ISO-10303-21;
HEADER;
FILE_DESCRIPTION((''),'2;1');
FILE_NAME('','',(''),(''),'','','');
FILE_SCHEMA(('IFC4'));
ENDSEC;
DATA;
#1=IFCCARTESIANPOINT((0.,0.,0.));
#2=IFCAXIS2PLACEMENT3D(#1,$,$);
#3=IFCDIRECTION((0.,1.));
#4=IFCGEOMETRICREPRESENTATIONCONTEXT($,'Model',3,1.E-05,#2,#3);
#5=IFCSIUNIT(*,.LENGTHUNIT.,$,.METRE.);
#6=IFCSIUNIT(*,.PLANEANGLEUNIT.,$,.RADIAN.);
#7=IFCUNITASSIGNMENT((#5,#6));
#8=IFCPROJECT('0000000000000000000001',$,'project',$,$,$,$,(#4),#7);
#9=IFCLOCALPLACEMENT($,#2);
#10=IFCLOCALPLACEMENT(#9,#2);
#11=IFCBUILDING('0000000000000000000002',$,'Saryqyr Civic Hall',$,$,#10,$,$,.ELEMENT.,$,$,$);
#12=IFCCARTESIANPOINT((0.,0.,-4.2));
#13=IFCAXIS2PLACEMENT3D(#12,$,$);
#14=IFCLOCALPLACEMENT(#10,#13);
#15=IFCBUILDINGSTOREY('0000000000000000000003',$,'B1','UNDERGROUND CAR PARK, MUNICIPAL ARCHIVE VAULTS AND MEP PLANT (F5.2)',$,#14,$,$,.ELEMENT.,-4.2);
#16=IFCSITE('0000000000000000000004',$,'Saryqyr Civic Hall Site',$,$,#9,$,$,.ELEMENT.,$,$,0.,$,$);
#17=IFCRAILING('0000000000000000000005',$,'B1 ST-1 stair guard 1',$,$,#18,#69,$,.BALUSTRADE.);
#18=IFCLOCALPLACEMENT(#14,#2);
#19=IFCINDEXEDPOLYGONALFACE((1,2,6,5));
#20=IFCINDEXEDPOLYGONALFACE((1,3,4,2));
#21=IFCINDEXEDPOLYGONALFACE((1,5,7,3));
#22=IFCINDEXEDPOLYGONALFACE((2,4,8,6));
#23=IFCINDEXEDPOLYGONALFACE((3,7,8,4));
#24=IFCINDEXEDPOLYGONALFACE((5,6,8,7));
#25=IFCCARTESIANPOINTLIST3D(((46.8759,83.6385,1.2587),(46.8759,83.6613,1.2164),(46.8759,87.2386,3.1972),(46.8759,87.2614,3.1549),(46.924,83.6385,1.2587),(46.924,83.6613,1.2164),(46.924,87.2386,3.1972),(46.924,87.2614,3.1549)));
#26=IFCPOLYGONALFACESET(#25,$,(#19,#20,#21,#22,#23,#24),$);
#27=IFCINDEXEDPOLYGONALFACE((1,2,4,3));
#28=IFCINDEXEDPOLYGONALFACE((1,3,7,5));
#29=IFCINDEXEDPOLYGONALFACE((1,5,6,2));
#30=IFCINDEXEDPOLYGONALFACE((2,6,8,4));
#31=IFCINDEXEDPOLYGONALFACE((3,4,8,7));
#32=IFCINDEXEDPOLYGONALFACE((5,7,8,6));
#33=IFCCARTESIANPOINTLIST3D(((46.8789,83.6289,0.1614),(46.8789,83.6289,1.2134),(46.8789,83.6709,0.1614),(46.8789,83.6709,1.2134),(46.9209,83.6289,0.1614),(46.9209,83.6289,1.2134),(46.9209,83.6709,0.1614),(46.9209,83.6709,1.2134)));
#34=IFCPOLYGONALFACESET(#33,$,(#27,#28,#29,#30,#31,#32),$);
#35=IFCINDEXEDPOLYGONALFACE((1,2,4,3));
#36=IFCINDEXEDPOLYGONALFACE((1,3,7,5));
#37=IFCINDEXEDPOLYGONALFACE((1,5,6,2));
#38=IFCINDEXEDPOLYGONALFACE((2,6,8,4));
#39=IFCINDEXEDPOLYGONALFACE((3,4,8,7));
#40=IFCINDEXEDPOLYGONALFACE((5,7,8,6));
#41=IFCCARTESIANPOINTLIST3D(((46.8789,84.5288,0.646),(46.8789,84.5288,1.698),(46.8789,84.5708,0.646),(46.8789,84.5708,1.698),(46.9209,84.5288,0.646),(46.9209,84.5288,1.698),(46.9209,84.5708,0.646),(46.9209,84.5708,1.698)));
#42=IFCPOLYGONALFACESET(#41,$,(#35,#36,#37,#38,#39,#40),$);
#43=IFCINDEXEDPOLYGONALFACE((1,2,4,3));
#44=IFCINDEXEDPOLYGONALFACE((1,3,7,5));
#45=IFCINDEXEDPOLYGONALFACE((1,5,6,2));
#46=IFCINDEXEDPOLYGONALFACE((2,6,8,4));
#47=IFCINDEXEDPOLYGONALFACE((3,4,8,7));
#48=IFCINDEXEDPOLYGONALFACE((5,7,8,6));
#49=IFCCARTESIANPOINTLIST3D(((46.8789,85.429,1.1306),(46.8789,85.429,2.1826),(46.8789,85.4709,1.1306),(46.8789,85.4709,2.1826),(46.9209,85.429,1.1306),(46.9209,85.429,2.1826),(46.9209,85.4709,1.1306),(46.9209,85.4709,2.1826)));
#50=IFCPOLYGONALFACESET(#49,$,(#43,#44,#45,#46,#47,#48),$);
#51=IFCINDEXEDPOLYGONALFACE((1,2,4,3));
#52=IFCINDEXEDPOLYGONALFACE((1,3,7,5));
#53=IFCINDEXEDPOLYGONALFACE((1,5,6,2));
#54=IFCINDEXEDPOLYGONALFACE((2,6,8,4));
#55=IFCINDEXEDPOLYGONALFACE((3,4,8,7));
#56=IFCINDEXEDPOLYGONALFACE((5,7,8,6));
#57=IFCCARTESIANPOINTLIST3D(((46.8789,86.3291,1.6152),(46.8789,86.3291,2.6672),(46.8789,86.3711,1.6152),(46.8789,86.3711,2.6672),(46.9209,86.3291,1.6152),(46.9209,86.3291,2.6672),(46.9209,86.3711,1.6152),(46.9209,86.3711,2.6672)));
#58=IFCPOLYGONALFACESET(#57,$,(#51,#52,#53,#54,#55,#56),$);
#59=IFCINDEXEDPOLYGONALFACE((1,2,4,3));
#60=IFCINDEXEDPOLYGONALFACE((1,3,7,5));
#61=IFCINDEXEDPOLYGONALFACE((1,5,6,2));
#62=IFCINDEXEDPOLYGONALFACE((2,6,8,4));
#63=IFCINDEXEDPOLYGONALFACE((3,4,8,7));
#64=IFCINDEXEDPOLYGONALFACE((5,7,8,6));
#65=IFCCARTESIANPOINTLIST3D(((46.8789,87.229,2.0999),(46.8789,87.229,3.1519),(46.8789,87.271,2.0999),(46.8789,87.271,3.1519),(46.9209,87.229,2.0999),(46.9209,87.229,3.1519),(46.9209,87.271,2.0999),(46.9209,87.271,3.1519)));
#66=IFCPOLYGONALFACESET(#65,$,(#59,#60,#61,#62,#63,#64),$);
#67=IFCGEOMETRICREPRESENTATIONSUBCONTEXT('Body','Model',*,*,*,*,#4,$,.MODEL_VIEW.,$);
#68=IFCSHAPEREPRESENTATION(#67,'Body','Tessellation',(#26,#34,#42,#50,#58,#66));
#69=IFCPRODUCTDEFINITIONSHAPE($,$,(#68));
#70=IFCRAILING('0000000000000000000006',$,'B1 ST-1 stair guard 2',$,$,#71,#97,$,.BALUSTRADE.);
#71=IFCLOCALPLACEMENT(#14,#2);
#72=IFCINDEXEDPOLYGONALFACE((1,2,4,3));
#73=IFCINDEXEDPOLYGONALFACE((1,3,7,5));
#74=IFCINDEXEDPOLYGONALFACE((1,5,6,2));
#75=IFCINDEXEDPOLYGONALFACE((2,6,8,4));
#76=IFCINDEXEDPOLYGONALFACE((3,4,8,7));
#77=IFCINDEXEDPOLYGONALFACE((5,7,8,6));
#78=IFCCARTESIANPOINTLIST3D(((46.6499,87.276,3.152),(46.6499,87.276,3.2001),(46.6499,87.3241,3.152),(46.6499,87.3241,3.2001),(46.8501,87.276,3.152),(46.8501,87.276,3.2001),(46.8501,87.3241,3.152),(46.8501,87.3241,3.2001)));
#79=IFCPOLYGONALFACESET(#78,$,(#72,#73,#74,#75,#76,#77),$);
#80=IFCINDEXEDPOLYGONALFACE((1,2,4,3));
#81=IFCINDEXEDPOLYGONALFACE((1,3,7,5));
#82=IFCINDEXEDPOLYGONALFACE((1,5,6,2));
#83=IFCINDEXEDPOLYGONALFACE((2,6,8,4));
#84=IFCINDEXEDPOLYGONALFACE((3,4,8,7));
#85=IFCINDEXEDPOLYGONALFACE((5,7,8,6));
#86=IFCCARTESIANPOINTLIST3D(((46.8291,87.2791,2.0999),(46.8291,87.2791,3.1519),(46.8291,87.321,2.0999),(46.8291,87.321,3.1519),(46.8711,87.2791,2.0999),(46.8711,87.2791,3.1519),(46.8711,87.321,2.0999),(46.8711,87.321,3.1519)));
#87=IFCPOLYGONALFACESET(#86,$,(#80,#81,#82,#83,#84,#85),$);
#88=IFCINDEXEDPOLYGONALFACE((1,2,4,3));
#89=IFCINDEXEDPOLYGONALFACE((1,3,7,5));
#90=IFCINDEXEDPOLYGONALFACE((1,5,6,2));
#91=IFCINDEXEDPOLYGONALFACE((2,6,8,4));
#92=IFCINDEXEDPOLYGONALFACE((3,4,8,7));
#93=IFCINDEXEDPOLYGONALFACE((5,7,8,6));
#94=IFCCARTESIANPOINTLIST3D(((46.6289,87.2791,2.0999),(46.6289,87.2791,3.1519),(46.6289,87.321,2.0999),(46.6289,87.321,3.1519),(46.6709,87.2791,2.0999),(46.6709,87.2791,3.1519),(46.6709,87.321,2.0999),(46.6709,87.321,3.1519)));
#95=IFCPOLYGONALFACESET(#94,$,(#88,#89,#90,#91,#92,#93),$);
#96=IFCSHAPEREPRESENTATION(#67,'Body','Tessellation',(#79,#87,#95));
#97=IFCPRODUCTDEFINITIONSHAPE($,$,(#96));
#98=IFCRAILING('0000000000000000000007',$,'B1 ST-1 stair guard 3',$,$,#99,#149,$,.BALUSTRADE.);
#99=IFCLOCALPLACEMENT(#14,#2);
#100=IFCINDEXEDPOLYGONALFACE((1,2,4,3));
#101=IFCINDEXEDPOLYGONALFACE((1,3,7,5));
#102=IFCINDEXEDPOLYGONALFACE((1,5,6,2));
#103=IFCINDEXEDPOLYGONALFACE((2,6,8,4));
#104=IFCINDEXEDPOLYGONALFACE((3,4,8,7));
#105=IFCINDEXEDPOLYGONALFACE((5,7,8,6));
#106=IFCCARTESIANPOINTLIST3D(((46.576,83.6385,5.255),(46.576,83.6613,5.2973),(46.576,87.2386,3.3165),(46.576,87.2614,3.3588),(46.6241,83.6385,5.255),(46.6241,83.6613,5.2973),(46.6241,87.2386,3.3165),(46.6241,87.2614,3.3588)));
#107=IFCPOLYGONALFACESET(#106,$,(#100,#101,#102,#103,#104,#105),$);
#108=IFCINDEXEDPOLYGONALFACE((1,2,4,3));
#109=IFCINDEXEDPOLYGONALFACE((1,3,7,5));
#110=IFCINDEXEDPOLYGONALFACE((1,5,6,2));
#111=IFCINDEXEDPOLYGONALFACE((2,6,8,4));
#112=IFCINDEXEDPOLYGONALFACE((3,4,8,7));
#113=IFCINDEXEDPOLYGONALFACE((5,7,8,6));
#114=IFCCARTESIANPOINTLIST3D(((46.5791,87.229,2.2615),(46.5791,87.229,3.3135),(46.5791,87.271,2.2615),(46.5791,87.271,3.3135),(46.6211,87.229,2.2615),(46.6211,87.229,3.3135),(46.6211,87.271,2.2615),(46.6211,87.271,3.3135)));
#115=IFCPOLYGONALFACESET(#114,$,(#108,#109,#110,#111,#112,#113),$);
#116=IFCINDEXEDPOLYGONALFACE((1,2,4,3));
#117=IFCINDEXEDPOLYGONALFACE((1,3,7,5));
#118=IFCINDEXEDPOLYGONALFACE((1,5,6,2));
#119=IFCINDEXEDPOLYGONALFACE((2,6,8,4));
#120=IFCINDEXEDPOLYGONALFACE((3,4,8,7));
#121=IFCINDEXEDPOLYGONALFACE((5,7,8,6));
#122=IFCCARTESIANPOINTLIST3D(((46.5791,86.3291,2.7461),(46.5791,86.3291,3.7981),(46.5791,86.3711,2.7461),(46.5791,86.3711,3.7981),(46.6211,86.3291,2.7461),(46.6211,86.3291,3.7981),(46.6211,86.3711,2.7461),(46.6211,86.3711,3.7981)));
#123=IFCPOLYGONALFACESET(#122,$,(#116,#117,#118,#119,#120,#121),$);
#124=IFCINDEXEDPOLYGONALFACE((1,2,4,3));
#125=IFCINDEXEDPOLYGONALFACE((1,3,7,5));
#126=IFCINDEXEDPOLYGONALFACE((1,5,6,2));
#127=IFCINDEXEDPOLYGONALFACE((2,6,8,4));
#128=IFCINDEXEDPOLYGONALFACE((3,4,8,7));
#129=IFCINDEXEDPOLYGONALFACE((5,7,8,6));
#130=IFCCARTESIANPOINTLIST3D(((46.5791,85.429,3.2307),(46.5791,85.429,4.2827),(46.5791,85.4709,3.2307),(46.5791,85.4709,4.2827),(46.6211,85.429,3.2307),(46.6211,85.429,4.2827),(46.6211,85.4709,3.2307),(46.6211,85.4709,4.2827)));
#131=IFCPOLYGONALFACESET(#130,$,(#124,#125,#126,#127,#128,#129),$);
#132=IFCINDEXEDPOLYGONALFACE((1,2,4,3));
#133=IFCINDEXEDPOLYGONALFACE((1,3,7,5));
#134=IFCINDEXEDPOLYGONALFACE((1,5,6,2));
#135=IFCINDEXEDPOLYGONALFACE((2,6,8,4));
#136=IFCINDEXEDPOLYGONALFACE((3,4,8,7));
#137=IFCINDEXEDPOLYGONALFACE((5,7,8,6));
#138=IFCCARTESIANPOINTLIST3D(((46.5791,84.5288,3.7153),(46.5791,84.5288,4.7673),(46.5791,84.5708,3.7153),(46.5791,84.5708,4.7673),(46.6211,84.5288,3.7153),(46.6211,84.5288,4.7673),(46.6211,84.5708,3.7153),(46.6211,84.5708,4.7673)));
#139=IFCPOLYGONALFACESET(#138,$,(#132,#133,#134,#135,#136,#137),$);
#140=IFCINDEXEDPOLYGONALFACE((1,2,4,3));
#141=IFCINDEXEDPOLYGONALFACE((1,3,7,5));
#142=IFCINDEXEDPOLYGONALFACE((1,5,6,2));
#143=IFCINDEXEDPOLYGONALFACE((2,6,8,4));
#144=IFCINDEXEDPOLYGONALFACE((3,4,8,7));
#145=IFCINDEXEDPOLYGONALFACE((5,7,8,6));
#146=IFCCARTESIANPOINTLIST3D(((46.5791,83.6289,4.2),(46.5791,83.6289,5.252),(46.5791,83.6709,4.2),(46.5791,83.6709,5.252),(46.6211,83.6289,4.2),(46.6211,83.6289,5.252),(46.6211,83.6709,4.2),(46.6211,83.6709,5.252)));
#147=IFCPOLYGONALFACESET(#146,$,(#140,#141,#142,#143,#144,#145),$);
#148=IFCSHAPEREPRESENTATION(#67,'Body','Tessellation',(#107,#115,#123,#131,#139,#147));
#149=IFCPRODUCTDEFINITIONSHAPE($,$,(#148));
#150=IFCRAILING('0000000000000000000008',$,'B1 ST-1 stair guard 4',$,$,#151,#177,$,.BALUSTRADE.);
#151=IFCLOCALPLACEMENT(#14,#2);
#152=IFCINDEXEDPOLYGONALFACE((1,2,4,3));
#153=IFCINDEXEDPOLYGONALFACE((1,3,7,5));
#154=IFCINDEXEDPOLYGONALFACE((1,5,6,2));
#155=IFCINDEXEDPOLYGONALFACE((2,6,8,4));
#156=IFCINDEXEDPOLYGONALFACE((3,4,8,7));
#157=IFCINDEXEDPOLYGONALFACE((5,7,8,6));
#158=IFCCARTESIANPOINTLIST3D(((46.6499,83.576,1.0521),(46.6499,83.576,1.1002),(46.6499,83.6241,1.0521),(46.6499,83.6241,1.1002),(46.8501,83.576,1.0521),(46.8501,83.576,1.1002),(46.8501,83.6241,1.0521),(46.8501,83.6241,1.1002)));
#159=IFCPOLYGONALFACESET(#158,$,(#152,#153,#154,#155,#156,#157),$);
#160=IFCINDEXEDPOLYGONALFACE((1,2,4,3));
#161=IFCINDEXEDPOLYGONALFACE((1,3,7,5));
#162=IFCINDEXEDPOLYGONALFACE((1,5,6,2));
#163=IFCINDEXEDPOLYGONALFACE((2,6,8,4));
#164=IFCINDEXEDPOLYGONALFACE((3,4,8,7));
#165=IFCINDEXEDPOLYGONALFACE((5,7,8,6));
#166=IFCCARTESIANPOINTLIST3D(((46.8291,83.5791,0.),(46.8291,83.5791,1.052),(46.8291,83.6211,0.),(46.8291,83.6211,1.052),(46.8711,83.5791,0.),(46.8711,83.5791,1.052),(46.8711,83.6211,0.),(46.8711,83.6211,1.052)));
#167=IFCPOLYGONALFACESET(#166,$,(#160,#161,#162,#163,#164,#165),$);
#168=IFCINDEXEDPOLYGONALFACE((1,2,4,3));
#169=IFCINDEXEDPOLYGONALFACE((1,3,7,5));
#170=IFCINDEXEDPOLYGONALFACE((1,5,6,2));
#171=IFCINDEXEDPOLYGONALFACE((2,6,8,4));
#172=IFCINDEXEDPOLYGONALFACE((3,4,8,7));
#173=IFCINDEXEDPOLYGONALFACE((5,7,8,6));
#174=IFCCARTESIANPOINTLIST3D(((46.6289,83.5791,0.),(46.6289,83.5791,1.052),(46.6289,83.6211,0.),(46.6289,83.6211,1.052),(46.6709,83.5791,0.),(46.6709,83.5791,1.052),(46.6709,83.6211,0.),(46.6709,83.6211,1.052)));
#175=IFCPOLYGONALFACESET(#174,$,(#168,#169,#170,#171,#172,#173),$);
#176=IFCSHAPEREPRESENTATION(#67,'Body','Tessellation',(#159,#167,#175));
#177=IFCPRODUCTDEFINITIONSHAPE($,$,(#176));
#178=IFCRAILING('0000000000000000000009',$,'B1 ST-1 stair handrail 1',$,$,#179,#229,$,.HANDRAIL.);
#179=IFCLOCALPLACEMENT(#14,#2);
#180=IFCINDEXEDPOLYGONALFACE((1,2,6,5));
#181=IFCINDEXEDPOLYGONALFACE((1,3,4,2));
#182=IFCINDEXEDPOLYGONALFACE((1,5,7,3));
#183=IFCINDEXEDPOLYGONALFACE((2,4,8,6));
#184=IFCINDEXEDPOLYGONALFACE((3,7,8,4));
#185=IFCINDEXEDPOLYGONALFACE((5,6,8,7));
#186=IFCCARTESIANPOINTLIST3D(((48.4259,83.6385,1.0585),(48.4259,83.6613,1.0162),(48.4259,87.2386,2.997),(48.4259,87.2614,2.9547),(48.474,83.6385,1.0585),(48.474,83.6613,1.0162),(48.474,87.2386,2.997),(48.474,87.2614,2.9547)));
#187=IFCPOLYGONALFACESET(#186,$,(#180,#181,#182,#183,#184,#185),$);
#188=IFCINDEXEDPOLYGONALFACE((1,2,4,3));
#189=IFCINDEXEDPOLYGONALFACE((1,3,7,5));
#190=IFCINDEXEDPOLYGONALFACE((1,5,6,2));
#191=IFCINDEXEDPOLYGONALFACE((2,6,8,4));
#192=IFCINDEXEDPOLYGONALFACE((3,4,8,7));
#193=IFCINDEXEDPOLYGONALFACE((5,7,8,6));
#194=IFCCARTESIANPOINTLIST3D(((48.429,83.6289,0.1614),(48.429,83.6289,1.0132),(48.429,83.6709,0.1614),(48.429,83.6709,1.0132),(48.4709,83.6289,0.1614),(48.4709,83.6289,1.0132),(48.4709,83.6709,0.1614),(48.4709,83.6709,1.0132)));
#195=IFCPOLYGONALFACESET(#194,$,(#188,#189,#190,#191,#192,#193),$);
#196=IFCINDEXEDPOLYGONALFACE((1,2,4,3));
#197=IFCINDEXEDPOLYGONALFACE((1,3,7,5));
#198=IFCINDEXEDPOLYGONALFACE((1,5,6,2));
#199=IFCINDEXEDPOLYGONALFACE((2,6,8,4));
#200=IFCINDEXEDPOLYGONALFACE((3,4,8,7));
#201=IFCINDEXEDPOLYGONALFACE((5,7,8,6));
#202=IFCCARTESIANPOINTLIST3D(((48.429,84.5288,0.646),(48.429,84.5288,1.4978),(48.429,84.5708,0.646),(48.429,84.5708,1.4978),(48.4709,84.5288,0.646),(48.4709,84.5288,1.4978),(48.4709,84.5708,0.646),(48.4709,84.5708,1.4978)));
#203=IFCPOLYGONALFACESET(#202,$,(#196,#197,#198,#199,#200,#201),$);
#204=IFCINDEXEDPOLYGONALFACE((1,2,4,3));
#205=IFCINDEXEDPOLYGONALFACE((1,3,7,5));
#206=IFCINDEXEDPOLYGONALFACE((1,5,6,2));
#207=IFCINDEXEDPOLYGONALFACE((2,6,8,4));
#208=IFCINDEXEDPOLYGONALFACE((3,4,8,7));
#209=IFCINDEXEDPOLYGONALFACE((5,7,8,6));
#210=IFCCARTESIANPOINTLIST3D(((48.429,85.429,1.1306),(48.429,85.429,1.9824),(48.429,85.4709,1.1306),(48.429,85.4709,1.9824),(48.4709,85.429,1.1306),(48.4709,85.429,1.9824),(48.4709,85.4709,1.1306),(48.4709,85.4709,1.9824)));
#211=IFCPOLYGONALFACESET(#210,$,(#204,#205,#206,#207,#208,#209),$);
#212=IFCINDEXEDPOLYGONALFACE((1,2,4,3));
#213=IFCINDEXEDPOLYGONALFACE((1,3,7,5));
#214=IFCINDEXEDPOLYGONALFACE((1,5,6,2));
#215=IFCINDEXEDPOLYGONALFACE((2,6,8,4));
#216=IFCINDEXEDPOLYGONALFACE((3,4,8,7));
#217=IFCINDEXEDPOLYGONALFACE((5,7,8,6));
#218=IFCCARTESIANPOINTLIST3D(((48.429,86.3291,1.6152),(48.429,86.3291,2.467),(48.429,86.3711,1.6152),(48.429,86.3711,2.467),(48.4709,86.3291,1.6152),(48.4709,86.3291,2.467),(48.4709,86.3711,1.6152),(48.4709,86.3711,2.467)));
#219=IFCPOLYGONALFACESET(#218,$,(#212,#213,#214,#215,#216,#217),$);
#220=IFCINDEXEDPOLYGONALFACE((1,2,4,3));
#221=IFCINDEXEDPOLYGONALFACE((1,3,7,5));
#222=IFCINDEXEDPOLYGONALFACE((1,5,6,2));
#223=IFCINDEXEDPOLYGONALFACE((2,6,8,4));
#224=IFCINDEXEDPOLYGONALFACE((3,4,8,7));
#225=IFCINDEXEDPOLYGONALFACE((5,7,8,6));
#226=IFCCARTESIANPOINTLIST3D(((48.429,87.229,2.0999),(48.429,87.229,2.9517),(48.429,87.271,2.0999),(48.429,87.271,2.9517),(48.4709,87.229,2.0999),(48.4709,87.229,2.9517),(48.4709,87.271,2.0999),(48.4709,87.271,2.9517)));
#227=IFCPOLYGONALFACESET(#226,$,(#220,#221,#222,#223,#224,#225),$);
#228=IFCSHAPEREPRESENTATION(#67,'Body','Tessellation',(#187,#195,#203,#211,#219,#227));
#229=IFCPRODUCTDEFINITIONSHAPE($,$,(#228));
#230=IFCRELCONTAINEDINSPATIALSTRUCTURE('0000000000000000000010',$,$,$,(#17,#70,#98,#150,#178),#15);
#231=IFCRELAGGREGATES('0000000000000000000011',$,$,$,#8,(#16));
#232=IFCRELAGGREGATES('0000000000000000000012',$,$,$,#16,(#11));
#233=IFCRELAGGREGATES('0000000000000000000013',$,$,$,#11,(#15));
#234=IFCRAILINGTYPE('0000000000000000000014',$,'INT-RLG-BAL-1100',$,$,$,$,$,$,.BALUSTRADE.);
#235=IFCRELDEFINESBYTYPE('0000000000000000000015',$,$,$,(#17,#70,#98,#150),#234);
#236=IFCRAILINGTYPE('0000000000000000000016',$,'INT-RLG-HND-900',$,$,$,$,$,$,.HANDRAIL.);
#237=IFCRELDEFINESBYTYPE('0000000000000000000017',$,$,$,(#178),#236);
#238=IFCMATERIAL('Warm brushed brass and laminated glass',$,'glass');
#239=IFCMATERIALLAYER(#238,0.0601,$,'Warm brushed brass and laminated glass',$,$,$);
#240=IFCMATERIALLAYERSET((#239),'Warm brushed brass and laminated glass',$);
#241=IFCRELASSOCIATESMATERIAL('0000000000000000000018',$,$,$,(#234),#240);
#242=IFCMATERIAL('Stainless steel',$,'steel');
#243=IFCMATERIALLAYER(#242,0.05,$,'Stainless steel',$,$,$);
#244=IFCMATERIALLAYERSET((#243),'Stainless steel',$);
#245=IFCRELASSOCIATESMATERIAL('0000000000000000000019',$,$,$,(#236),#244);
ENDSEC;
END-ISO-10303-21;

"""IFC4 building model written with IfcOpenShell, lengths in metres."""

from ifc_helpers import new_model, si_unit, direction, frame, origin, origin_2d, place, context, subcontext, project, spatial, rectangle, extrude, material, layer, layer_set, type_object, element, save


model = new_model("IFC4")

# Units and contexts
model_context = context("Model", 3, precision=1e-05, world=origin(), true_north=direction((0.0, 1.0)))
body_context = subcontext(model_context, "Body", "Model", "MODEL_VIEW")
ifc_project = project(units=[si_unit("LENGTHUNIT", "METRE"), si_unit("PLANEANGLEUNIT", "RADIAN")], contexts=[model_context])

# Site, building, storey
site_placement = place(None, origin())
site = spatial("IfcSite", under=ifc_project, at=site_placement, Name="Saryqyr Civic Hall Site", CompositionType="ELEMENT", RefElevation=0.0)
building_placement = place(site_placement, origin())
building = spatial("IfcBuilding", under=site, at=building_placement, Name="Saryqyr Civic Hall", CompositionType="ELEMENT")
storey_placement = place(building_placement, frame((0.0, 0.0, -4.2)))
storey = spatial("IfcBuildingStorey", under=building, at=storey_placement, Name="B1", Description="UNDERGROUND CAR PARK, MUNICIPAL ARCHIVE VAULTS AND MEP PLANT (F5.2)", CompositionType="ELEMENT", Elevation=-4.2)

# Railings
ifc_material_1 = material(Name="Warm brushed brass and laminated glass", Category="glass")
ifc_layer_1 = layer(ifc_material_1, 0.0601, Name="Warm brushed brass and laminated glass")
ifc_layer_set_1 = layer_set([ifc_layer_1], Name="Warm brushed brass and laminated glass")
railing_type_1 = type_object("IfcRailingType", Name="INT-RLG-BAL-1100", PredefinedType="BALUSTRADE", material=ifc_layer_set_1)
railing_1_placement = place(storey_placement, frame((46.8999, 83.6499, 0.1614)))
element("IfcRailing", 1, at=railing_1_placement, inside=storey, type_object=railing_type_1, Name="B1 ST-1 stair guard 1", PredefinedType="BALUSTRADE", context=body_context, shape_type="SweptSolid", body=[
    extrude(rectangle(XDim=0.0481, YDim=0.0481, at=origin_2d()), frame((0.0, 0.0, 1.0762), z_axis=(0.0, 0.880475, 0.474093), x_axis=(-1.0, 0.0, 0.0)), (0.0, 0.0, 1.0), 4.0889),
    extrude(rectangle(XDim=0.042, YDim=0.042, at=origin_2d()), origin(), (0.0, 0.0, 1.0), 1.052),
    extrude(rectangle(XDim=0.042, YDim=0.042, at=origin_2d()), frame((0.0, 0.8999, 0.4846)), (0.0, 0.0, 1.0), 1.052),
    extrude(rectangle(XDim=0.042, YDim=0.042, at=origin_2d()), frame((0.0, 1.8, 0.9692)), (0.0, 0.0, 1.0), 1.052),
    extrude(rectangle(XDim=0.042, YDim=0.042, at=origin_2d()), frame((0.0, 2.7002, 1.4539)), (0.0, 0.0, 1.0), 1.052),
    extrude(rectangle(XDim=0.042, YDim=0.042, at=origin_2d()), frame((0.0, 3.6001, 1.9385)), (0.0, 0.0, 1.0), 1.052),
])
railing_2_placement = place(storey_placement, frame((46.8501, 87.3, 2.0999)))
element("IfcRailing", 2, at=railing_2_placement, inside=storey, type_object=railing_type_1, Name="B1 ST-1 stair guard 2", PredefinedType="BALUSTRADE", context=body_context, shape_type="SweptSolid", body=[
    extrude(rectangle(XDim=0.0481, YDim=0.0481, at=origin_2d()), frame((0.0, 0.0, 1.0762), z_axis=(-1.0, 0.0, 0.0), x_axis=(0.0, -1.0, 0.0)), (0.0, 0.0, 1.0), 0.2002),
    extrude(rectangle(XDim=0.042, YDim=0.042, at=origin_2d()), origin(), (0.0, 0.0, 1.0), 1.052),
    extrude(rectangle(XDim=0.042, YDim=0.042, at=origin_2d()), frame((-0.2002, 0.0, 0.0)), (0.0, 0.0, 1.0), 1.052),
])
railing_3_placement = place(storey_placement, frame((46.6001, 87.25, 2.2615)))
element("IfcRailing", 3, at=railing_3_placement, inside=storey, type_object=railing_type_1, Name="B1 ST-1 stair guard 3", PredefinedType="BALUSTRADE", context=body_context, shape_type="SweptSolid", body=[
    extrude(rectangle(XDim=0.0481, YDim=0.0481, at=origin_2d()), frame((0.0, 0.0, 1.0762), z_axis=(0.0, -0.880475, 0.474093), x_axis=(1.0, 0.0, 0.0)), (0.0, 0.0, 1.0), 4.0889),
    extrude(rectangle(XDim=0.042, YDim=0.042, at=origin_2d()), origin(), (0.0, 0.0, 1.0), 1.052),
    extrude(rectangle(XDim=0.042, YDim=0.042, at=origin_2d()), frame((0.0, -0.8999, 0.4846)), (0.0, 0.0, 1.0), 1.052),
    extrude(rectangle(XDim=0.042, YDim=0.042, at=origin_2d()), frame((0.0, -1.8, 0.9692)), (0.0, 0.0, 1.0), 1.052),
    extrude(rectangle(XDim=0.042, YDim=0.042, at=origin_2d()), frame((0.0, -2.7002, 1.4539)), (0.0, 0.0, 1.0), 1.052),
    extrude(rectangle(XDim=0.042, YDim=0.042, at=origin_2d()), frame((0.0, -3.6001, 1.9385)), (0.0, 0.0, 1.0), 1.052),
])
railing_4_placement = place(storey_placement, frame((46.8501, 83.6001, 0.0)))
element("IfcRailing", 4, at=railing_4_placement, inside=storey, type_object=railing_type_1, Name="B1 ST-1 stair guard 4", PredefinedType="BALUSTRADE", context=body_context, shape_type="SweptSolid", body=[
    extrude(rectangle(XDim=0.0481, YDim=0.0481, at=origin_2d()), frame((0.0, 0.0, 1.0762), z_axis=(-1.0, 0.0, 0.0), x_axis=(0.0, -1.0, 0.0)), (0.0, 0.0, 1.0), 0.2002),
    extrude(rectangle(XDim=0.042, YDim=0.042, at=origin_2d()), origin(), (0.0, 0.0, 1.0), 1.052),
    extrude(rectangle(XDim=0.042, YDim=0.042, at=origin_2d()), frame((-0.2002, 0.0, 0.0)), (0.0, 0.0, 1.0), 1.052),
])
ifc_material_2 = material(Name="Stainless steel", Category="steel")
ifc_layer_2 = layer(ifc_material_2, 0.05, Name="Stainless steel")
ifc_layer_set_2 = layer_set([ifc_layer_2], Name="Stainless steel")
railing_type_2 = type_object("IfcRailingType", Name="INT-RLG-HND-900", PredefinedType="HANDRAIL", material=ifc_layer_set_2)
railing_5_placement = place(storey_placement, frame((48.45, 83.6499, 0.1614)))
element("IfcRailing", 5, at=railing_5_placement, inside=storey, type_object=railing_type_2, Name="B1 ST-1 stair handrail 1", PredefinedType="HANDRAIL", context=body_context, shape_type="SweptSolid", body=[
    extrude(rectangle(XDim=0.0481, YDim=0.0481, at=origin_2d()), frame((0.0, 0.0, 0.876), z_axis=(0.0, 0.880475, 0.474093), x_axis=(-1.0, 0.0, 0.0)), (0.0, 0.0, 1.0), 4.0889),
    extrude(rectangle(XDim=0.042, YDim=0.042, at=origin_2d()), origin(), (0.0, 0.0, 1.0), 0.8518),
    extrude(rectangle(XDim=0.042, YDim=0.042, at=origin_2d()), frame((0.0, 0.8999, 0.4846)), (0.0, 0.0, 1.0), 0.8518),
    extrude(rectangle(XDim=0.042, YDim=0.042, at=origin_2d()), frame((0.0, 1.8, 0.9692)), (0.0, 0.0, 1.0), 0.8518),
    extrude(rectangle(XDim=0.042, YDim=0.042, at=origin_2d()), frame((0.0, 2.7002, 1.4539)), (0.0, 0.0, 1.0), 0.8518),
    extrude(rectangle(XDim=0.042, YDim=0.042, at=origin_2d()), frame((0.0, 3.6001, 1.9385)), (0.0, 0.0, 1.0), 0.8518),
])

save(model, "model.ifc")
